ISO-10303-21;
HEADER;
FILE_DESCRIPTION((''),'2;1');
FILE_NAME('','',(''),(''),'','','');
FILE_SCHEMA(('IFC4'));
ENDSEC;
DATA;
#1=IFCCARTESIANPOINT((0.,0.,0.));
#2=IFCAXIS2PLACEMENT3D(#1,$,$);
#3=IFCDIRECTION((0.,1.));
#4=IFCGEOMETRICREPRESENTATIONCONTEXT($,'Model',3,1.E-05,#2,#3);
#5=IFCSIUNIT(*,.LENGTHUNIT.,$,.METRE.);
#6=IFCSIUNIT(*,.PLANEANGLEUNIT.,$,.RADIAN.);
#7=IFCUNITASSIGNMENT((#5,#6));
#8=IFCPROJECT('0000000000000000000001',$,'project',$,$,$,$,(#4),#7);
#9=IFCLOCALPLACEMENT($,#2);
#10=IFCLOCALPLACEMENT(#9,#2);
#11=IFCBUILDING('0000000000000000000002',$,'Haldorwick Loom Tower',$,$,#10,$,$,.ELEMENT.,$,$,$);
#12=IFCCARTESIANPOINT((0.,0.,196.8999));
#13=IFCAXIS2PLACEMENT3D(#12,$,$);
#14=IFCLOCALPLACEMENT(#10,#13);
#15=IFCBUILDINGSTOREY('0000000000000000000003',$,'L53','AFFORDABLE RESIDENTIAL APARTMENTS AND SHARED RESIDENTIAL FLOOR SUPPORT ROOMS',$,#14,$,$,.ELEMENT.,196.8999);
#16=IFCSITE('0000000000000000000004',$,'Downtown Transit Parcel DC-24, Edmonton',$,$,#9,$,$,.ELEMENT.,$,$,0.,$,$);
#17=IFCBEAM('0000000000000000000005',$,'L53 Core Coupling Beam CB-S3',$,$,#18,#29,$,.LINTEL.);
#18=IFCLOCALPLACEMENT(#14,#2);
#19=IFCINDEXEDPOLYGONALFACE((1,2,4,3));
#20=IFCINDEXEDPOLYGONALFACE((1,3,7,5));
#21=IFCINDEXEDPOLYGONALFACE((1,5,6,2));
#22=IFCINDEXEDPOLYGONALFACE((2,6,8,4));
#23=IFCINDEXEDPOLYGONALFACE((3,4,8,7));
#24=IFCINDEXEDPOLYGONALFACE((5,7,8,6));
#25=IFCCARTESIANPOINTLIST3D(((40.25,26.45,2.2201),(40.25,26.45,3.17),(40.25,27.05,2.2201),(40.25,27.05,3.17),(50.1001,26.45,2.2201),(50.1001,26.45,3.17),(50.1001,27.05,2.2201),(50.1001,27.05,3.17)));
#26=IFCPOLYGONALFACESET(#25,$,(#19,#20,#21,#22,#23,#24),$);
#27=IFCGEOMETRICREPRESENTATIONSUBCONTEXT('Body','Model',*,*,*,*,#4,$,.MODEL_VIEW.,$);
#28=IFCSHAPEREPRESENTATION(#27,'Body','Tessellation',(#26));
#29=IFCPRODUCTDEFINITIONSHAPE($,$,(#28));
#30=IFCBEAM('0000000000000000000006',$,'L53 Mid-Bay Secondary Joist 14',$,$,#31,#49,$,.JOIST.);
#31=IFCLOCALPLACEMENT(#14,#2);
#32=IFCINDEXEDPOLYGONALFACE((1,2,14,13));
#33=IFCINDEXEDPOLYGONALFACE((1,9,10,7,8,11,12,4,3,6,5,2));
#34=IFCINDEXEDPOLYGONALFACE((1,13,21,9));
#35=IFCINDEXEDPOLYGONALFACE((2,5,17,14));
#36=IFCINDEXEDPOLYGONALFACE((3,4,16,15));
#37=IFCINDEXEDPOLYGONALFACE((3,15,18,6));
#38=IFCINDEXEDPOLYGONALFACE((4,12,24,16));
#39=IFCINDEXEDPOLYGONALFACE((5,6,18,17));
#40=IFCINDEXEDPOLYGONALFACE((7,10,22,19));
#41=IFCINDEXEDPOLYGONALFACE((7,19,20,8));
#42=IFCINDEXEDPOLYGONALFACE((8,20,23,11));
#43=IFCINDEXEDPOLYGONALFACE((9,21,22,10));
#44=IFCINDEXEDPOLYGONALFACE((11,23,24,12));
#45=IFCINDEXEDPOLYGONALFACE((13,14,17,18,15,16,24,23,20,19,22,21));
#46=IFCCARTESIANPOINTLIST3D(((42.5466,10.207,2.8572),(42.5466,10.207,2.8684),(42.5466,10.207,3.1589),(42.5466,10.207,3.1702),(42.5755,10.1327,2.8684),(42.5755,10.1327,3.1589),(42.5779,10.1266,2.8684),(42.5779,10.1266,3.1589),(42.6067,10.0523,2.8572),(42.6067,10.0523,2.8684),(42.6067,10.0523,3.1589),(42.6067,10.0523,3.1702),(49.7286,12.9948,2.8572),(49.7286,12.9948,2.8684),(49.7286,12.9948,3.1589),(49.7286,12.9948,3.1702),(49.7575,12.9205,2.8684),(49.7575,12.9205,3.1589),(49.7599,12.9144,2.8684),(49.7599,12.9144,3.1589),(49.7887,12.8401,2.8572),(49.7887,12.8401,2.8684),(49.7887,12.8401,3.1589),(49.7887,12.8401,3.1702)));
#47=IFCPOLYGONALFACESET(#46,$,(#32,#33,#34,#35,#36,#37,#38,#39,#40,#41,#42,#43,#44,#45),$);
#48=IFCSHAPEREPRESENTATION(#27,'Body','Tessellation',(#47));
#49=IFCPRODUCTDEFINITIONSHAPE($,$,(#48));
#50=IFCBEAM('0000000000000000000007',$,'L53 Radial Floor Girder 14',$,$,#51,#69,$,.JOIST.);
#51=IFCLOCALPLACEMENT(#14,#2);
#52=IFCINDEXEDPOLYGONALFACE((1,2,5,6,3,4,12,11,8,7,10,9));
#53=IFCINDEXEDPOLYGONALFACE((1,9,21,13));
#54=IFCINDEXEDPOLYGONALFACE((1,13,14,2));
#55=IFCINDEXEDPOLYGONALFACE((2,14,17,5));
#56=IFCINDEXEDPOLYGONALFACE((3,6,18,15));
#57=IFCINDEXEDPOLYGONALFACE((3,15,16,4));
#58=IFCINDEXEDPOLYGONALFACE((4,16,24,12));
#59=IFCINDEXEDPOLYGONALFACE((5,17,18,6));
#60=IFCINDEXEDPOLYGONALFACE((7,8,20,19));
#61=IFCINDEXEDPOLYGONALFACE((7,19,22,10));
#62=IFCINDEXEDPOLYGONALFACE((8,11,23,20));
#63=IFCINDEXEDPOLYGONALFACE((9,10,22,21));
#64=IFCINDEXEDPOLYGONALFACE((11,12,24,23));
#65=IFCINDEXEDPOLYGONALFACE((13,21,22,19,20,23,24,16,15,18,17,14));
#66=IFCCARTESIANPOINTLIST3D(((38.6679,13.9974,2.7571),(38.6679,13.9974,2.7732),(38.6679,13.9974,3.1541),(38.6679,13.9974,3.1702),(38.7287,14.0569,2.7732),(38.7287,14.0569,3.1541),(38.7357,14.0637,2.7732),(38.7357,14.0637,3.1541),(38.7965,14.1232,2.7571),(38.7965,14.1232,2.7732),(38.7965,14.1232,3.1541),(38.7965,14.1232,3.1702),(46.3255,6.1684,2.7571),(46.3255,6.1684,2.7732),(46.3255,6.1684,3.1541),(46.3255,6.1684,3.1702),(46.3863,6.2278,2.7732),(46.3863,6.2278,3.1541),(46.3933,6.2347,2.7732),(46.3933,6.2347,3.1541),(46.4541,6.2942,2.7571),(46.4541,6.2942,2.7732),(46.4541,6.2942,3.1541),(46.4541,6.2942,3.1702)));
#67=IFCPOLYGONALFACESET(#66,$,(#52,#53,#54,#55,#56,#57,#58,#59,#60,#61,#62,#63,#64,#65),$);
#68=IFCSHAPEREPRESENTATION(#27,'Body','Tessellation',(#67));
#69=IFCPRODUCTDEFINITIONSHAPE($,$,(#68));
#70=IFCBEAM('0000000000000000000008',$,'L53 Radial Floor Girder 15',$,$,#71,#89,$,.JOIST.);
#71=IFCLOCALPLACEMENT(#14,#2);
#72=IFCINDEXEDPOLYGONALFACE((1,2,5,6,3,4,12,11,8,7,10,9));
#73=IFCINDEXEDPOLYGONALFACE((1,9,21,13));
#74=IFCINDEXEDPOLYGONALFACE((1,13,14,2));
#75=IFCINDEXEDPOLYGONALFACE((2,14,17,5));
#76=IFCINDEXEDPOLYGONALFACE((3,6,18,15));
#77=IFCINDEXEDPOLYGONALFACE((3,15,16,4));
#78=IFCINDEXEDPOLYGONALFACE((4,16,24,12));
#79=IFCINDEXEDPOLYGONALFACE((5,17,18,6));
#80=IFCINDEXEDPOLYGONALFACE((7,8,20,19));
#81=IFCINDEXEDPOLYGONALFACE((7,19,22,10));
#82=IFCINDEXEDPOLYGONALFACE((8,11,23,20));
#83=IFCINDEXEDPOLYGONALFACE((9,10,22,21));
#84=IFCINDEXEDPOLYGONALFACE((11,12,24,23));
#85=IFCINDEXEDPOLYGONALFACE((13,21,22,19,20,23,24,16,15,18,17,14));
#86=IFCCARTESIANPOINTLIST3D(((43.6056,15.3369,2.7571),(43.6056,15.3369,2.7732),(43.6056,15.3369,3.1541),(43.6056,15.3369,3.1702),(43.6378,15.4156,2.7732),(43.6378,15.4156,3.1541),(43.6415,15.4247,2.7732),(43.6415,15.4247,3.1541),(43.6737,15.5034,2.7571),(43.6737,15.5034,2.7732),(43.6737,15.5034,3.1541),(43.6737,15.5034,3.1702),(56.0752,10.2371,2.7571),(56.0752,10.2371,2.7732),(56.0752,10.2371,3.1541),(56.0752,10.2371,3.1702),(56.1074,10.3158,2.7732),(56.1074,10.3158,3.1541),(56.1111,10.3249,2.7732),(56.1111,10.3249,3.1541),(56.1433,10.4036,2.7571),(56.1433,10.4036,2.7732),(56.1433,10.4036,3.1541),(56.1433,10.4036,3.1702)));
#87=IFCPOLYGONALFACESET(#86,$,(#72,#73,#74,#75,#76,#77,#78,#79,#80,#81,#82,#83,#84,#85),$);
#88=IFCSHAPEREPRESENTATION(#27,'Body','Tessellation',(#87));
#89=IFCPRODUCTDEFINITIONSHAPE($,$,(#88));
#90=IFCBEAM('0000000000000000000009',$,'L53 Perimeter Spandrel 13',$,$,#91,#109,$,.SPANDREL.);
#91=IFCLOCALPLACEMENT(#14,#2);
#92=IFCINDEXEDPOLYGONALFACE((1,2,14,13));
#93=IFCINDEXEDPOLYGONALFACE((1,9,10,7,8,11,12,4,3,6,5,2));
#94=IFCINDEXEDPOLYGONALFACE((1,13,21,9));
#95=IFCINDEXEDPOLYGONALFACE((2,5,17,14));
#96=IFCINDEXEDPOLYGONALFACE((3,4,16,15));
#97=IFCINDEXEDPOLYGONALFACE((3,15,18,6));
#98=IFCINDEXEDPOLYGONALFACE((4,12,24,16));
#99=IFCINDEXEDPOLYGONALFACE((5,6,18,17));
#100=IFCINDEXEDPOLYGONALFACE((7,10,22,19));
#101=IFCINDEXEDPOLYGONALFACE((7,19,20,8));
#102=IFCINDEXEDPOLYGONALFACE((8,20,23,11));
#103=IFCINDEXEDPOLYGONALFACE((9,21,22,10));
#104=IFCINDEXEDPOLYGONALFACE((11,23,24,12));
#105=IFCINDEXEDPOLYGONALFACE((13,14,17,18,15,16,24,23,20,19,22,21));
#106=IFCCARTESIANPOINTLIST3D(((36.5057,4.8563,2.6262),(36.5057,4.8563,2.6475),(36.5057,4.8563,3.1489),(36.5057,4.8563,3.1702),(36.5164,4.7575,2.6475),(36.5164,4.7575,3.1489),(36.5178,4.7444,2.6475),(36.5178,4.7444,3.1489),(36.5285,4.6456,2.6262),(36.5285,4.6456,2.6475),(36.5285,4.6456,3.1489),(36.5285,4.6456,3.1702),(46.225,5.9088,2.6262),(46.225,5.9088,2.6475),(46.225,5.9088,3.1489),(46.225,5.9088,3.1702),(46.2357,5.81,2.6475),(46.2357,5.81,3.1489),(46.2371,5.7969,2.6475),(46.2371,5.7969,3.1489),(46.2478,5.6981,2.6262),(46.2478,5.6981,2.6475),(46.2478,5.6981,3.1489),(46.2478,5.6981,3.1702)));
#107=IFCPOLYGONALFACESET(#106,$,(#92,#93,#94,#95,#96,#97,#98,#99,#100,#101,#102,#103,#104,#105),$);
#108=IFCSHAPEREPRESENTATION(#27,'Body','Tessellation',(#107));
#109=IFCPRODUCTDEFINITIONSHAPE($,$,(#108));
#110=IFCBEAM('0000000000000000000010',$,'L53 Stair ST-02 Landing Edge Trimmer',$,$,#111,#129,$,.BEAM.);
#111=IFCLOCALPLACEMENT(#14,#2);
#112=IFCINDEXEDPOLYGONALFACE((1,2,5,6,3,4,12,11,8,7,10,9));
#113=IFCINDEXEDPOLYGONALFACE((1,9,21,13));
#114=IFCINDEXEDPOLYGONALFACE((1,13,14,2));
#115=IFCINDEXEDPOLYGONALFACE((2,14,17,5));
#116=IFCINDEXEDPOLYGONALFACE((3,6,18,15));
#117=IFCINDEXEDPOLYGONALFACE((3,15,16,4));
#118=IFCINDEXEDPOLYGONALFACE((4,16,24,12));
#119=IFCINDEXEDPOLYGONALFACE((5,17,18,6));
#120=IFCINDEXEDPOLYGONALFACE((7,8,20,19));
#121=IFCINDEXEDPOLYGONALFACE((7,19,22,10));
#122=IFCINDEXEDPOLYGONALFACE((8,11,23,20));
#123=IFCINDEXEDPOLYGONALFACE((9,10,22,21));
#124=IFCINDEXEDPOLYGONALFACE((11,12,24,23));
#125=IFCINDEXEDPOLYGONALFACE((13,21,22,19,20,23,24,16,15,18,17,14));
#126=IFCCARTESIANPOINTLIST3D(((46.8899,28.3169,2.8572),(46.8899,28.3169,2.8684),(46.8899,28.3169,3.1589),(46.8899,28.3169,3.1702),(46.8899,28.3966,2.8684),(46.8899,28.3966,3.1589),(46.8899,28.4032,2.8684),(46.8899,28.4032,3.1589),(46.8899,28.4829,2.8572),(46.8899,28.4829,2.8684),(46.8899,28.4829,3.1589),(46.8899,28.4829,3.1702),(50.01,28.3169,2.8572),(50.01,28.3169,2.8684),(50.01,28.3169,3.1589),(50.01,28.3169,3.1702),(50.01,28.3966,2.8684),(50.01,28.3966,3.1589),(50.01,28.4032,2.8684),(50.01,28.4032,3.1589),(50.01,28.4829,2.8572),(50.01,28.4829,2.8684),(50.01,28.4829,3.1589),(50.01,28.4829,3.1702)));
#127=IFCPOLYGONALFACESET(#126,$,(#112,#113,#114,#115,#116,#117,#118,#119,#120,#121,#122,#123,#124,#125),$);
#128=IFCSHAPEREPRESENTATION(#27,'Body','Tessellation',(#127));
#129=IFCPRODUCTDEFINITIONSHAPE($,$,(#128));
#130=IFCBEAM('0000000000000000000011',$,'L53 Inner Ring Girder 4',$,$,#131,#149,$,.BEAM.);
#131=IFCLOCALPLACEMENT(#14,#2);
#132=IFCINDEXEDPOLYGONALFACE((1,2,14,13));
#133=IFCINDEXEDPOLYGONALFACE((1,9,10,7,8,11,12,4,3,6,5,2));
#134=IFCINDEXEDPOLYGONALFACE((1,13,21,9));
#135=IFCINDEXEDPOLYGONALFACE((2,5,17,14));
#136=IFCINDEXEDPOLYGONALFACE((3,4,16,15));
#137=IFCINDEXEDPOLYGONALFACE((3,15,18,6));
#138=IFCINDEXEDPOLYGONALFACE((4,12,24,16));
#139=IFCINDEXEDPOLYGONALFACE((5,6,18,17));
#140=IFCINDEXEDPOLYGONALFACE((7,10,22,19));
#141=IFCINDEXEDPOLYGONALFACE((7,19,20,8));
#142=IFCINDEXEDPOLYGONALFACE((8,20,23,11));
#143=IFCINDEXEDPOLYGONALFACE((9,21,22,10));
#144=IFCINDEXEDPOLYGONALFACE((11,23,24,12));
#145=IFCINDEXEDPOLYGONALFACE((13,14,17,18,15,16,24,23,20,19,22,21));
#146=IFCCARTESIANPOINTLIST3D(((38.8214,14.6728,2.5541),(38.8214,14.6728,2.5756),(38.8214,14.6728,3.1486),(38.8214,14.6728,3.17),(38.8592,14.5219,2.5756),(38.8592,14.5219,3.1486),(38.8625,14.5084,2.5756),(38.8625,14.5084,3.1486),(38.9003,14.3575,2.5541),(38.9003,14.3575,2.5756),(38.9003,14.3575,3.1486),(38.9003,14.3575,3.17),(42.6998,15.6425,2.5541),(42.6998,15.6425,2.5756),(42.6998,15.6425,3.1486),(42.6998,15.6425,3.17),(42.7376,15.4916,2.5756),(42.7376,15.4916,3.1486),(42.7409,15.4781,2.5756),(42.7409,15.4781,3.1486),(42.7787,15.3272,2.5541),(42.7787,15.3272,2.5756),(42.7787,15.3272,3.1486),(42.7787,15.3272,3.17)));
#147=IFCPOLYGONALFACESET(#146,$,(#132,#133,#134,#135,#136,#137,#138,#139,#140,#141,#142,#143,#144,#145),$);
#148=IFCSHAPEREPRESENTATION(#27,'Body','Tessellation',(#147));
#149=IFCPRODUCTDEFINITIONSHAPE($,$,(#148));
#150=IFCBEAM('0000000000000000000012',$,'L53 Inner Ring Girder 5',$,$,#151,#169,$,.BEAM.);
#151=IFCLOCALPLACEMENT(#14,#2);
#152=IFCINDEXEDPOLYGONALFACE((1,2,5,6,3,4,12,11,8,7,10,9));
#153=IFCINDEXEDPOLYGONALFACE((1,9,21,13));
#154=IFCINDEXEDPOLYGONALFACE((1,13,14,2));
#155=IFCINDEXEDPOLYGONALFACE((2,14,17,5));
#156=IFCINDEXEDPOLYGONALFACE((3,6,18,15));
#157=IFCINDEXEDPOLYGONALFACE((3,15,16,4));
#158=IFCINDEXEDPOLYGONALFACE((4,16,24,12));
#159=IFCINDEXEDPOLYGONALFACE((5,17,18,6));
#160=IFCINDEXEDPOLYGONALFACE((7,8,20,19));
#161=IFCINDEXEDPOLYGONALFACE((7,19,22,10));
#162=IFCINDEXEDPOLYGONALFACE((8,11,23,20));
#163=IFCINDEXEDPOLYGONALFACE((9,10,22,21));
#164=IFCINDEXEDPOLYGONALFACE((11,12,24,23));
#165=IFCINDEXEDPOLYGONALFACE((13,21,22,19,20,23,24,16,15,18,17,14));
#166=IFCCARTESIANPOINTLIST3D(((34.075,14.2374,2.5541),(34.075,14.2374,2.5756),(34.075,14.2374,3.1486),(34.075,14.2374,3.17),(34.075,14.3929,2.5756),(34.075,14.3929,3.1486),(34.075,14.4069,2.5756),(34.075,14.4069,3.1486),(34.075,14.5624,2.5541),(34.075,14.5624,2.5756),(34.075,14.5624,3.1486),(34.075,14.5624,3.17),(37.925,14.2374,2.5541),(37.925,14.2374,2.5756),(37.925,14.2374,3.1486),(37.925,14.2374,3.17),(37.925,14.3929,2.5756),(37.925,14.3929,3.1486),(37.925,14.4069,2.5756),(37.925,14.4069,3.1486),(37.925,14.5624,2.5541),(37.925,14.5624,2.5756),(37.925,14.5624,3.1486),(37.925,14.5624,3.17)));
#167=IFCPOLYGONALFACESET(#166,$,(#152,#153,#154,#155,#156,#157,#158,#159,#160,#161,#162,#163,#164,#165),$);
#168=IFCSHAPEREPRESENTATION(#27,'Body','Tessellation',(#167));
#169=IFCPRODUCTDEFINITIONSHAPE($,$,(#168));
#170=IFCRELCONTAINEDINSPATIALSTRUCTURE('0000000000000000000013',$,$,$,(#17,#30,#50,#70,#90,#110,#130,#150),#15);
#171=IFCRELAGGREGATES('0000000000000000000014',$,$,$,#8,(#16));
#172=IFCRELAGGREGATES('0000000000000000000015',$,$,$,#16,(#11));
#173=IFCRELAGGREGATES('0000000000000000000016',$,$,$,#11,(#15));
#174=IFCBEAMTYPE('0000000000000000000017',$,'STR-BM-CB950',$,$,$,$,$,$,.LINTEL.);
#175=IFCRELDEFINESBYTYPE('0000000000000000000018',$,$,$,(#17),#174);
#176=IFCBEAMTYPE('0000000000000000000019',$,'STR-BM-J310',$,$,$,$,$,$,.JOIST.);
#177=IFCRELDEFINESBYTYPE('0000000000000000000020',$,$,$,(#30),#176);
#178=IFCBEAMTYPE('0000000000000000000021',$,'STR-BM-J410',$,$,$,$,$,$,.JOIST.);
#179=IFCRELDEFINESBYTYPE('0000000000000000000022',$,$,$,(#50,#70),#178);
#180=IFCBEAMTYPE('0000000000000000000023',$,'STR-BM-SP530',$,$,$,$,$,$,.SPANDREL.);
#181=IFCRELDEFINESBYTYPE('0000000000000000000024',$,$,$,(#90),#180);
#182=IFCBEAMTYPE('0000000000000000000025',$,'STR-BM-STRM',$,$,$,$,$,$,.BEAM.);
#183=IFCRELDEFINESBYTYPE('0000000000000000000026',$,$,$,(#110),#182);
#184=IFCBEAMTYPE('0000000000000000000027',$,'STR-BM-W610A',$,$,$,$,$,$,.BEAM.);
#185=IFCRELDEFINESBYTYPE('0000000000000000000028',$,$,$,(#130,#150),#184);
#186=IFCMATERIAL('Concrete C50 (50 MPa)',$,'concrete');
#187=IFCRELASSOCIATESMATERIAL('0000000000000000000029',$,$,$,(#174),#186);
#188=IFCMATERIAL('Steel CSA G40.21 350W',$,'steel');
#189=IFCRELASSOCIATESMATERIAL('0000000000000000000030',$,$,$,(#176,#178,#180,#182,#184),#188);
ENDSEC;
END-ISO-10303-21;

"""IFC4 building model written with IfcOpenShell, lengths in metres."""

from ifc_helpers import new_model, si_unit, direction, frame, origin, origin_2d, place, context, subcontext, project, spatial, rectangle, i_section, extrude, material, material_profile, profile_set, type_object, element, save


model = new_model("IFC4")

# Units and contexts
model_context = context("Model", 3, precision=1e-05, world=origin(), true_north=direction((0.0, 1.0)))
body_context = subcontext(model_context, "Body", "Model", "MODEL_VIEW")
ifc_project = project(units=[si_unit("LENGTHUNIT", "METRE"), si_unit("PLANEANGLEUNIT", "RADIAN")], contexts=[model_context])

# Site, building, storey
site_placement = place(None, origin())
site = spatial("IfcSite", under=ifc_project, at=site_placement, Name="Downtown Transit Parcel DC-24, Edmonton", CompositionType="ELEMENT", RefElevation=0.0)
building_placement = place(site_placement, origin())
building = spatial("IfcBuilding", under=site, at=building_placement, Name="Haldorwick Loom Tower", CompositionType="ELEMENT")
storey_placement = place(building_placement, frame((0.0, 0.0, 196.8999)))
storey = spatial("IfcBuildingStorey", under=building, at=storey_placement, Name="L53", Description="AFFORDABLE RESIDENTIAL APARTMENTS AND SHARED RESIDENTIAL FLOOR SUPPORT ROOMS", CompositionType="ELEMENT", Elevation=196.8999)

# Shared definitions
ifc_material_1 = material(Name="Steel CSA G40.21 350W", Category="steel")

# Beams
ifc_material_2 = material(Name="Concrete C50 (50 MPa)", Category="concrete")
ifc_material_profile_1 = material_profile(ifc_material_2, rectangle(XDim=0.6001, YDim=0.95, at=origin_2d()), Name="RC600X950", Category="concrete")
ifc_profile_set_1 = profile_set([ifc_material_profile_1], Name="Concrete C50 (50 MPa)")
beam_type_1 = type_object("IfcBeamType", Name="STR-BM-CB950", PredefinedType="LINTEL", material=ifc_profile_set_1)
beam_1_placement = place(storey_placement, frame((40.25, 26.75, 2.6951), z_axis=(1.0, 0.0, 0.0), x_axis=(0.0, 1.0, 0.0)))
element("IfcBeam", 1, at=beam_1_placement, inside=storey, type_object=beam_type_1, Name="L53 Core Coupling Beam CB-S3", PredefinedType="LINTEL", context=body_context, shape_type="SweptSolid", body=[
    extrude(rectangle(XDim=0.6001, YDim=0.95, at=origin_2d()), origin(), (0.0, 0.0, 1.0), 9.8501),
])
ifc_material_profile_2 = material_profile(ifc_material_1, i_section(OverallWidth=0.166, OverallDepth=0.313, WebThickness=0.0066, FlangeThickness=0.0112, at=origin_2d()), Name="W310X45", Category="steel")
ifc_profile_set_2 = profile_set([ifc_material_profile_2], Name="Steel CSA G40.21 350W")
beam_type_2 = type_object("IfcBeamType", Name="STR-BM-J310", PredefinedType="JOIST", material=ifc_profile_set_2)
beam_2_placement = place(storey_placement, frame((42.5767, 10.1296, 3.0137), z_axis=(0.932233, 0.361859, 0.0), x_axis=(-0.361859, 0.932233, 0.0)))
element("IfcBeam", 2, at=beam_2_placement, inside=storey, type_object=beam_type_2, Name="L53 Mid-Bay Secondary Joist 14", PredefinedType="JOIST", context=body_context, shape_type="SweptSolid", body=[
    extrude(i_section(OverallWidth=0.166, OverallDepth=0.313, WebThickness=0.0066, FlangeThickness=0.0112, at=origin_2d()), origin(), (0.0, 0.0, 1.0), 7.7041),
])
ifc_material_profile_3 = material_profile(ifc_material_1, i_section(OverallWidth=0.1799, OverallDepth=0.4131, WebThickness=0.0098, FlangeThickness=0.0161, at=origin_2d()), Name="W410X74", Category="steel")
ifc_profile_set_3 = profile_set([ifc_material_profile_3], Name="Steel CSA G40.21 350W")
beam_type_3 = type_object("IfcBeamType", Name="STR-BM-J410", PredefinedType="JOIST", material=ifc_profile_set_3)
beam_3_placement = place(storey_placement, frame((38.7322, 14.0603, 2.9636), z_axis=(0.699239, -0.714888, 0.0), x_axis=(0.714888, 0.699239, 0.0)))
element("IfcBeam", 3, at=beam_3_placement, inside=storey, type_object=beam_type_3, Name="L53 Radial Floor Girder 14", PredefinedType="JOIST", context=body_context, shape_type="SweptSolid", body=[
    extrude(i_section(OverallWidth=0.1799, OverallDepth=0.4131, WebThickness=0.0098, FlangeThickness=0.0161, at=origin_2d()), origin(), (0.0, 0.0, 1.0), 10.9514),
])
beam_4_placement = place(storey_placement, frame((43.6396, 15.4202, 2.9636), z_axis=(0.925583, -0.378544, 0.0), x_axis=(0.378544, 0.925583, 0.0)))
element("IfcBeam", 4, at=beam_4_placement, inside=storey, type_object=beam_type_3, Name="L53 Radial Floor Girder 15", PredefinedType="JOIST", context=body_context, shape_type="SweptSolid", body=[
    extrude(i_section(OverallWidth=0.1799, OverallDepth=0.4131, WebThickness=0.0098, FlangeThickness=0.0161, at=origin_2d()), origin(), (0.0, 0.0, 1.0), 13.4722),
])
ifc_material_profile_4 = material_profile(ifc_material_1, i_section(OverallWidth=0.2119, OverallDepth=0.5439, WebThickness=0.0132, FlangeThickness=0.0212, at=origin_2d()), Name="W530X123", Category="steel")
ifc_profile_set_4 = profile_set([ifc_material_profile_4], Name="Steel CSA G40.21 350W")
beam_type_4 = type_object("IfcBeamType", Name="STR-BM-SP530", PredefinedType="SPANDREL", material=ifc_profile_set_4)
beam_5_placement = place(storey_placement, frame((36.5171, 4.751, 2.8982), z_axis=(0.994188, 0.10766, 0.0), x_axis=(-0.10766, 0.994188, 0.0)))
element("IfcBeam", 5, at=beam_5_placement, inside=storey, type_object=beam_type_4, Name="L53 Perimeter Spandrel 13", PredefinedType="SPANDREL", context=body_context, shape_type="SweptSolid", body=[
    extrude(i_section(OverallWidth=0.2119, OverallDepth=0.5439, WebThickness=0.0132, FlangeThickness=0.0212, at=origin_2d()), origin(), (0.0, 0.0, 1.0), 9.7761),
])
ifc_material_profile_5 = material_profile(ifc_material_1, i_section(OverallWidth=0.166, OverallDepth=0.313, WebThickness=0.0066, FlangeThickness=0.0112, at=origin_2d()), Name="W310X45", Category="steel")
ifc_profile_set_5 = profile_set([ifc_material_profile_5], Name="Steel CSA G40.21 350W")
beam_type_5 = type_object("IfcBeamType", Name="STR-BM-STRM", PredefinedType="BEAM", material=ifc_profile_set_5)
beam_6_placement = place(storey_placement, frame((46.8899, 28.3999, 3.0137), z_axis=(1.0, 0.0, 0.0), x_axis=(0.0, 1.0, 0.0)))
element("IfcBeam", 6, at=beam_6_placement, inside=storey, type_object=beam_type_5, Name="L53 Stair ST-02 Landing Edge Trimmer", PredefinedType="BEAM", context=body_context, shape_type="SweptSolid", body=[
    extrude(i_section(OverallWidth=0.166, OverallDepth=0.313, WebThickness=0.0066, FlangeThickness=0.0112, at=origin_2d()), origin(), (0.0, 0.0, 1.0), 3.1201),
])
ifc_material_profile_6 = material_profile(ifc_material_1, i_section(OverallWidth=0.325, OverallDepth=0.616, WebThickness=0.0139, FlangeThickness=0.0215, at=origin_2d()), Name="W610X174", Category="steel")
ifc_profile_set_6 = profile_set([ifc_material_profile_6], Name="Steel CSA G40.21 350W")
beam_type_6 = type_object("IfcBeamType", Name="STR-BM-W610A", PredefinedType="BEAM", material=ifc_profile_set_6)
beam_7_placement = place(storey_placement, frame((42.7393, 15.4849, 2.8621), z_axis=(-0.970135, -0.242564, 0.0), x_axis=(0.242564, -0.970135, 0.0)))
element("IfcBeam", 7, at=beam_7_placement, inside=storey, type_object=beam_type_6, Name="L53 Inner Ring Girder 4", PredefinedType="BEAM", context=body_context, shape_type="SweptSolid", body=[
    extrude(i_section(OverallWidth=0.325, OverallDepth=0.616, WebThickness=0.0139, FlangeThickness=0.0215, at=origin_2d()), origin(), (0.0, 0.0, 1.0), 3.9978),
])
beam_8_placement = place(storey_placement, frame((37.925, 14.3999, 2.8621), z_axis=(-1.0, 0.0, 0.0), x_axis=(0.0, -1.0, 0.0)))
element("IfcBeam", 8, at=beam_8_placement, inside=storey, type_object=beam_type_6, Name="L53 Inner Ring Girder 5", PredefinedType="BEAM", context=body_context, shape_type="SweptSolid", body=[
    extrude(i_section(OverallWidth=0.325, OverallDepth=0.616, WebThickness=0.0139, FlangeThickness=0.0215, at=origin_2d()), origin(), (0.0, 0.0, 1.0), 3.8501),
])

save(model, "model.ifc")
